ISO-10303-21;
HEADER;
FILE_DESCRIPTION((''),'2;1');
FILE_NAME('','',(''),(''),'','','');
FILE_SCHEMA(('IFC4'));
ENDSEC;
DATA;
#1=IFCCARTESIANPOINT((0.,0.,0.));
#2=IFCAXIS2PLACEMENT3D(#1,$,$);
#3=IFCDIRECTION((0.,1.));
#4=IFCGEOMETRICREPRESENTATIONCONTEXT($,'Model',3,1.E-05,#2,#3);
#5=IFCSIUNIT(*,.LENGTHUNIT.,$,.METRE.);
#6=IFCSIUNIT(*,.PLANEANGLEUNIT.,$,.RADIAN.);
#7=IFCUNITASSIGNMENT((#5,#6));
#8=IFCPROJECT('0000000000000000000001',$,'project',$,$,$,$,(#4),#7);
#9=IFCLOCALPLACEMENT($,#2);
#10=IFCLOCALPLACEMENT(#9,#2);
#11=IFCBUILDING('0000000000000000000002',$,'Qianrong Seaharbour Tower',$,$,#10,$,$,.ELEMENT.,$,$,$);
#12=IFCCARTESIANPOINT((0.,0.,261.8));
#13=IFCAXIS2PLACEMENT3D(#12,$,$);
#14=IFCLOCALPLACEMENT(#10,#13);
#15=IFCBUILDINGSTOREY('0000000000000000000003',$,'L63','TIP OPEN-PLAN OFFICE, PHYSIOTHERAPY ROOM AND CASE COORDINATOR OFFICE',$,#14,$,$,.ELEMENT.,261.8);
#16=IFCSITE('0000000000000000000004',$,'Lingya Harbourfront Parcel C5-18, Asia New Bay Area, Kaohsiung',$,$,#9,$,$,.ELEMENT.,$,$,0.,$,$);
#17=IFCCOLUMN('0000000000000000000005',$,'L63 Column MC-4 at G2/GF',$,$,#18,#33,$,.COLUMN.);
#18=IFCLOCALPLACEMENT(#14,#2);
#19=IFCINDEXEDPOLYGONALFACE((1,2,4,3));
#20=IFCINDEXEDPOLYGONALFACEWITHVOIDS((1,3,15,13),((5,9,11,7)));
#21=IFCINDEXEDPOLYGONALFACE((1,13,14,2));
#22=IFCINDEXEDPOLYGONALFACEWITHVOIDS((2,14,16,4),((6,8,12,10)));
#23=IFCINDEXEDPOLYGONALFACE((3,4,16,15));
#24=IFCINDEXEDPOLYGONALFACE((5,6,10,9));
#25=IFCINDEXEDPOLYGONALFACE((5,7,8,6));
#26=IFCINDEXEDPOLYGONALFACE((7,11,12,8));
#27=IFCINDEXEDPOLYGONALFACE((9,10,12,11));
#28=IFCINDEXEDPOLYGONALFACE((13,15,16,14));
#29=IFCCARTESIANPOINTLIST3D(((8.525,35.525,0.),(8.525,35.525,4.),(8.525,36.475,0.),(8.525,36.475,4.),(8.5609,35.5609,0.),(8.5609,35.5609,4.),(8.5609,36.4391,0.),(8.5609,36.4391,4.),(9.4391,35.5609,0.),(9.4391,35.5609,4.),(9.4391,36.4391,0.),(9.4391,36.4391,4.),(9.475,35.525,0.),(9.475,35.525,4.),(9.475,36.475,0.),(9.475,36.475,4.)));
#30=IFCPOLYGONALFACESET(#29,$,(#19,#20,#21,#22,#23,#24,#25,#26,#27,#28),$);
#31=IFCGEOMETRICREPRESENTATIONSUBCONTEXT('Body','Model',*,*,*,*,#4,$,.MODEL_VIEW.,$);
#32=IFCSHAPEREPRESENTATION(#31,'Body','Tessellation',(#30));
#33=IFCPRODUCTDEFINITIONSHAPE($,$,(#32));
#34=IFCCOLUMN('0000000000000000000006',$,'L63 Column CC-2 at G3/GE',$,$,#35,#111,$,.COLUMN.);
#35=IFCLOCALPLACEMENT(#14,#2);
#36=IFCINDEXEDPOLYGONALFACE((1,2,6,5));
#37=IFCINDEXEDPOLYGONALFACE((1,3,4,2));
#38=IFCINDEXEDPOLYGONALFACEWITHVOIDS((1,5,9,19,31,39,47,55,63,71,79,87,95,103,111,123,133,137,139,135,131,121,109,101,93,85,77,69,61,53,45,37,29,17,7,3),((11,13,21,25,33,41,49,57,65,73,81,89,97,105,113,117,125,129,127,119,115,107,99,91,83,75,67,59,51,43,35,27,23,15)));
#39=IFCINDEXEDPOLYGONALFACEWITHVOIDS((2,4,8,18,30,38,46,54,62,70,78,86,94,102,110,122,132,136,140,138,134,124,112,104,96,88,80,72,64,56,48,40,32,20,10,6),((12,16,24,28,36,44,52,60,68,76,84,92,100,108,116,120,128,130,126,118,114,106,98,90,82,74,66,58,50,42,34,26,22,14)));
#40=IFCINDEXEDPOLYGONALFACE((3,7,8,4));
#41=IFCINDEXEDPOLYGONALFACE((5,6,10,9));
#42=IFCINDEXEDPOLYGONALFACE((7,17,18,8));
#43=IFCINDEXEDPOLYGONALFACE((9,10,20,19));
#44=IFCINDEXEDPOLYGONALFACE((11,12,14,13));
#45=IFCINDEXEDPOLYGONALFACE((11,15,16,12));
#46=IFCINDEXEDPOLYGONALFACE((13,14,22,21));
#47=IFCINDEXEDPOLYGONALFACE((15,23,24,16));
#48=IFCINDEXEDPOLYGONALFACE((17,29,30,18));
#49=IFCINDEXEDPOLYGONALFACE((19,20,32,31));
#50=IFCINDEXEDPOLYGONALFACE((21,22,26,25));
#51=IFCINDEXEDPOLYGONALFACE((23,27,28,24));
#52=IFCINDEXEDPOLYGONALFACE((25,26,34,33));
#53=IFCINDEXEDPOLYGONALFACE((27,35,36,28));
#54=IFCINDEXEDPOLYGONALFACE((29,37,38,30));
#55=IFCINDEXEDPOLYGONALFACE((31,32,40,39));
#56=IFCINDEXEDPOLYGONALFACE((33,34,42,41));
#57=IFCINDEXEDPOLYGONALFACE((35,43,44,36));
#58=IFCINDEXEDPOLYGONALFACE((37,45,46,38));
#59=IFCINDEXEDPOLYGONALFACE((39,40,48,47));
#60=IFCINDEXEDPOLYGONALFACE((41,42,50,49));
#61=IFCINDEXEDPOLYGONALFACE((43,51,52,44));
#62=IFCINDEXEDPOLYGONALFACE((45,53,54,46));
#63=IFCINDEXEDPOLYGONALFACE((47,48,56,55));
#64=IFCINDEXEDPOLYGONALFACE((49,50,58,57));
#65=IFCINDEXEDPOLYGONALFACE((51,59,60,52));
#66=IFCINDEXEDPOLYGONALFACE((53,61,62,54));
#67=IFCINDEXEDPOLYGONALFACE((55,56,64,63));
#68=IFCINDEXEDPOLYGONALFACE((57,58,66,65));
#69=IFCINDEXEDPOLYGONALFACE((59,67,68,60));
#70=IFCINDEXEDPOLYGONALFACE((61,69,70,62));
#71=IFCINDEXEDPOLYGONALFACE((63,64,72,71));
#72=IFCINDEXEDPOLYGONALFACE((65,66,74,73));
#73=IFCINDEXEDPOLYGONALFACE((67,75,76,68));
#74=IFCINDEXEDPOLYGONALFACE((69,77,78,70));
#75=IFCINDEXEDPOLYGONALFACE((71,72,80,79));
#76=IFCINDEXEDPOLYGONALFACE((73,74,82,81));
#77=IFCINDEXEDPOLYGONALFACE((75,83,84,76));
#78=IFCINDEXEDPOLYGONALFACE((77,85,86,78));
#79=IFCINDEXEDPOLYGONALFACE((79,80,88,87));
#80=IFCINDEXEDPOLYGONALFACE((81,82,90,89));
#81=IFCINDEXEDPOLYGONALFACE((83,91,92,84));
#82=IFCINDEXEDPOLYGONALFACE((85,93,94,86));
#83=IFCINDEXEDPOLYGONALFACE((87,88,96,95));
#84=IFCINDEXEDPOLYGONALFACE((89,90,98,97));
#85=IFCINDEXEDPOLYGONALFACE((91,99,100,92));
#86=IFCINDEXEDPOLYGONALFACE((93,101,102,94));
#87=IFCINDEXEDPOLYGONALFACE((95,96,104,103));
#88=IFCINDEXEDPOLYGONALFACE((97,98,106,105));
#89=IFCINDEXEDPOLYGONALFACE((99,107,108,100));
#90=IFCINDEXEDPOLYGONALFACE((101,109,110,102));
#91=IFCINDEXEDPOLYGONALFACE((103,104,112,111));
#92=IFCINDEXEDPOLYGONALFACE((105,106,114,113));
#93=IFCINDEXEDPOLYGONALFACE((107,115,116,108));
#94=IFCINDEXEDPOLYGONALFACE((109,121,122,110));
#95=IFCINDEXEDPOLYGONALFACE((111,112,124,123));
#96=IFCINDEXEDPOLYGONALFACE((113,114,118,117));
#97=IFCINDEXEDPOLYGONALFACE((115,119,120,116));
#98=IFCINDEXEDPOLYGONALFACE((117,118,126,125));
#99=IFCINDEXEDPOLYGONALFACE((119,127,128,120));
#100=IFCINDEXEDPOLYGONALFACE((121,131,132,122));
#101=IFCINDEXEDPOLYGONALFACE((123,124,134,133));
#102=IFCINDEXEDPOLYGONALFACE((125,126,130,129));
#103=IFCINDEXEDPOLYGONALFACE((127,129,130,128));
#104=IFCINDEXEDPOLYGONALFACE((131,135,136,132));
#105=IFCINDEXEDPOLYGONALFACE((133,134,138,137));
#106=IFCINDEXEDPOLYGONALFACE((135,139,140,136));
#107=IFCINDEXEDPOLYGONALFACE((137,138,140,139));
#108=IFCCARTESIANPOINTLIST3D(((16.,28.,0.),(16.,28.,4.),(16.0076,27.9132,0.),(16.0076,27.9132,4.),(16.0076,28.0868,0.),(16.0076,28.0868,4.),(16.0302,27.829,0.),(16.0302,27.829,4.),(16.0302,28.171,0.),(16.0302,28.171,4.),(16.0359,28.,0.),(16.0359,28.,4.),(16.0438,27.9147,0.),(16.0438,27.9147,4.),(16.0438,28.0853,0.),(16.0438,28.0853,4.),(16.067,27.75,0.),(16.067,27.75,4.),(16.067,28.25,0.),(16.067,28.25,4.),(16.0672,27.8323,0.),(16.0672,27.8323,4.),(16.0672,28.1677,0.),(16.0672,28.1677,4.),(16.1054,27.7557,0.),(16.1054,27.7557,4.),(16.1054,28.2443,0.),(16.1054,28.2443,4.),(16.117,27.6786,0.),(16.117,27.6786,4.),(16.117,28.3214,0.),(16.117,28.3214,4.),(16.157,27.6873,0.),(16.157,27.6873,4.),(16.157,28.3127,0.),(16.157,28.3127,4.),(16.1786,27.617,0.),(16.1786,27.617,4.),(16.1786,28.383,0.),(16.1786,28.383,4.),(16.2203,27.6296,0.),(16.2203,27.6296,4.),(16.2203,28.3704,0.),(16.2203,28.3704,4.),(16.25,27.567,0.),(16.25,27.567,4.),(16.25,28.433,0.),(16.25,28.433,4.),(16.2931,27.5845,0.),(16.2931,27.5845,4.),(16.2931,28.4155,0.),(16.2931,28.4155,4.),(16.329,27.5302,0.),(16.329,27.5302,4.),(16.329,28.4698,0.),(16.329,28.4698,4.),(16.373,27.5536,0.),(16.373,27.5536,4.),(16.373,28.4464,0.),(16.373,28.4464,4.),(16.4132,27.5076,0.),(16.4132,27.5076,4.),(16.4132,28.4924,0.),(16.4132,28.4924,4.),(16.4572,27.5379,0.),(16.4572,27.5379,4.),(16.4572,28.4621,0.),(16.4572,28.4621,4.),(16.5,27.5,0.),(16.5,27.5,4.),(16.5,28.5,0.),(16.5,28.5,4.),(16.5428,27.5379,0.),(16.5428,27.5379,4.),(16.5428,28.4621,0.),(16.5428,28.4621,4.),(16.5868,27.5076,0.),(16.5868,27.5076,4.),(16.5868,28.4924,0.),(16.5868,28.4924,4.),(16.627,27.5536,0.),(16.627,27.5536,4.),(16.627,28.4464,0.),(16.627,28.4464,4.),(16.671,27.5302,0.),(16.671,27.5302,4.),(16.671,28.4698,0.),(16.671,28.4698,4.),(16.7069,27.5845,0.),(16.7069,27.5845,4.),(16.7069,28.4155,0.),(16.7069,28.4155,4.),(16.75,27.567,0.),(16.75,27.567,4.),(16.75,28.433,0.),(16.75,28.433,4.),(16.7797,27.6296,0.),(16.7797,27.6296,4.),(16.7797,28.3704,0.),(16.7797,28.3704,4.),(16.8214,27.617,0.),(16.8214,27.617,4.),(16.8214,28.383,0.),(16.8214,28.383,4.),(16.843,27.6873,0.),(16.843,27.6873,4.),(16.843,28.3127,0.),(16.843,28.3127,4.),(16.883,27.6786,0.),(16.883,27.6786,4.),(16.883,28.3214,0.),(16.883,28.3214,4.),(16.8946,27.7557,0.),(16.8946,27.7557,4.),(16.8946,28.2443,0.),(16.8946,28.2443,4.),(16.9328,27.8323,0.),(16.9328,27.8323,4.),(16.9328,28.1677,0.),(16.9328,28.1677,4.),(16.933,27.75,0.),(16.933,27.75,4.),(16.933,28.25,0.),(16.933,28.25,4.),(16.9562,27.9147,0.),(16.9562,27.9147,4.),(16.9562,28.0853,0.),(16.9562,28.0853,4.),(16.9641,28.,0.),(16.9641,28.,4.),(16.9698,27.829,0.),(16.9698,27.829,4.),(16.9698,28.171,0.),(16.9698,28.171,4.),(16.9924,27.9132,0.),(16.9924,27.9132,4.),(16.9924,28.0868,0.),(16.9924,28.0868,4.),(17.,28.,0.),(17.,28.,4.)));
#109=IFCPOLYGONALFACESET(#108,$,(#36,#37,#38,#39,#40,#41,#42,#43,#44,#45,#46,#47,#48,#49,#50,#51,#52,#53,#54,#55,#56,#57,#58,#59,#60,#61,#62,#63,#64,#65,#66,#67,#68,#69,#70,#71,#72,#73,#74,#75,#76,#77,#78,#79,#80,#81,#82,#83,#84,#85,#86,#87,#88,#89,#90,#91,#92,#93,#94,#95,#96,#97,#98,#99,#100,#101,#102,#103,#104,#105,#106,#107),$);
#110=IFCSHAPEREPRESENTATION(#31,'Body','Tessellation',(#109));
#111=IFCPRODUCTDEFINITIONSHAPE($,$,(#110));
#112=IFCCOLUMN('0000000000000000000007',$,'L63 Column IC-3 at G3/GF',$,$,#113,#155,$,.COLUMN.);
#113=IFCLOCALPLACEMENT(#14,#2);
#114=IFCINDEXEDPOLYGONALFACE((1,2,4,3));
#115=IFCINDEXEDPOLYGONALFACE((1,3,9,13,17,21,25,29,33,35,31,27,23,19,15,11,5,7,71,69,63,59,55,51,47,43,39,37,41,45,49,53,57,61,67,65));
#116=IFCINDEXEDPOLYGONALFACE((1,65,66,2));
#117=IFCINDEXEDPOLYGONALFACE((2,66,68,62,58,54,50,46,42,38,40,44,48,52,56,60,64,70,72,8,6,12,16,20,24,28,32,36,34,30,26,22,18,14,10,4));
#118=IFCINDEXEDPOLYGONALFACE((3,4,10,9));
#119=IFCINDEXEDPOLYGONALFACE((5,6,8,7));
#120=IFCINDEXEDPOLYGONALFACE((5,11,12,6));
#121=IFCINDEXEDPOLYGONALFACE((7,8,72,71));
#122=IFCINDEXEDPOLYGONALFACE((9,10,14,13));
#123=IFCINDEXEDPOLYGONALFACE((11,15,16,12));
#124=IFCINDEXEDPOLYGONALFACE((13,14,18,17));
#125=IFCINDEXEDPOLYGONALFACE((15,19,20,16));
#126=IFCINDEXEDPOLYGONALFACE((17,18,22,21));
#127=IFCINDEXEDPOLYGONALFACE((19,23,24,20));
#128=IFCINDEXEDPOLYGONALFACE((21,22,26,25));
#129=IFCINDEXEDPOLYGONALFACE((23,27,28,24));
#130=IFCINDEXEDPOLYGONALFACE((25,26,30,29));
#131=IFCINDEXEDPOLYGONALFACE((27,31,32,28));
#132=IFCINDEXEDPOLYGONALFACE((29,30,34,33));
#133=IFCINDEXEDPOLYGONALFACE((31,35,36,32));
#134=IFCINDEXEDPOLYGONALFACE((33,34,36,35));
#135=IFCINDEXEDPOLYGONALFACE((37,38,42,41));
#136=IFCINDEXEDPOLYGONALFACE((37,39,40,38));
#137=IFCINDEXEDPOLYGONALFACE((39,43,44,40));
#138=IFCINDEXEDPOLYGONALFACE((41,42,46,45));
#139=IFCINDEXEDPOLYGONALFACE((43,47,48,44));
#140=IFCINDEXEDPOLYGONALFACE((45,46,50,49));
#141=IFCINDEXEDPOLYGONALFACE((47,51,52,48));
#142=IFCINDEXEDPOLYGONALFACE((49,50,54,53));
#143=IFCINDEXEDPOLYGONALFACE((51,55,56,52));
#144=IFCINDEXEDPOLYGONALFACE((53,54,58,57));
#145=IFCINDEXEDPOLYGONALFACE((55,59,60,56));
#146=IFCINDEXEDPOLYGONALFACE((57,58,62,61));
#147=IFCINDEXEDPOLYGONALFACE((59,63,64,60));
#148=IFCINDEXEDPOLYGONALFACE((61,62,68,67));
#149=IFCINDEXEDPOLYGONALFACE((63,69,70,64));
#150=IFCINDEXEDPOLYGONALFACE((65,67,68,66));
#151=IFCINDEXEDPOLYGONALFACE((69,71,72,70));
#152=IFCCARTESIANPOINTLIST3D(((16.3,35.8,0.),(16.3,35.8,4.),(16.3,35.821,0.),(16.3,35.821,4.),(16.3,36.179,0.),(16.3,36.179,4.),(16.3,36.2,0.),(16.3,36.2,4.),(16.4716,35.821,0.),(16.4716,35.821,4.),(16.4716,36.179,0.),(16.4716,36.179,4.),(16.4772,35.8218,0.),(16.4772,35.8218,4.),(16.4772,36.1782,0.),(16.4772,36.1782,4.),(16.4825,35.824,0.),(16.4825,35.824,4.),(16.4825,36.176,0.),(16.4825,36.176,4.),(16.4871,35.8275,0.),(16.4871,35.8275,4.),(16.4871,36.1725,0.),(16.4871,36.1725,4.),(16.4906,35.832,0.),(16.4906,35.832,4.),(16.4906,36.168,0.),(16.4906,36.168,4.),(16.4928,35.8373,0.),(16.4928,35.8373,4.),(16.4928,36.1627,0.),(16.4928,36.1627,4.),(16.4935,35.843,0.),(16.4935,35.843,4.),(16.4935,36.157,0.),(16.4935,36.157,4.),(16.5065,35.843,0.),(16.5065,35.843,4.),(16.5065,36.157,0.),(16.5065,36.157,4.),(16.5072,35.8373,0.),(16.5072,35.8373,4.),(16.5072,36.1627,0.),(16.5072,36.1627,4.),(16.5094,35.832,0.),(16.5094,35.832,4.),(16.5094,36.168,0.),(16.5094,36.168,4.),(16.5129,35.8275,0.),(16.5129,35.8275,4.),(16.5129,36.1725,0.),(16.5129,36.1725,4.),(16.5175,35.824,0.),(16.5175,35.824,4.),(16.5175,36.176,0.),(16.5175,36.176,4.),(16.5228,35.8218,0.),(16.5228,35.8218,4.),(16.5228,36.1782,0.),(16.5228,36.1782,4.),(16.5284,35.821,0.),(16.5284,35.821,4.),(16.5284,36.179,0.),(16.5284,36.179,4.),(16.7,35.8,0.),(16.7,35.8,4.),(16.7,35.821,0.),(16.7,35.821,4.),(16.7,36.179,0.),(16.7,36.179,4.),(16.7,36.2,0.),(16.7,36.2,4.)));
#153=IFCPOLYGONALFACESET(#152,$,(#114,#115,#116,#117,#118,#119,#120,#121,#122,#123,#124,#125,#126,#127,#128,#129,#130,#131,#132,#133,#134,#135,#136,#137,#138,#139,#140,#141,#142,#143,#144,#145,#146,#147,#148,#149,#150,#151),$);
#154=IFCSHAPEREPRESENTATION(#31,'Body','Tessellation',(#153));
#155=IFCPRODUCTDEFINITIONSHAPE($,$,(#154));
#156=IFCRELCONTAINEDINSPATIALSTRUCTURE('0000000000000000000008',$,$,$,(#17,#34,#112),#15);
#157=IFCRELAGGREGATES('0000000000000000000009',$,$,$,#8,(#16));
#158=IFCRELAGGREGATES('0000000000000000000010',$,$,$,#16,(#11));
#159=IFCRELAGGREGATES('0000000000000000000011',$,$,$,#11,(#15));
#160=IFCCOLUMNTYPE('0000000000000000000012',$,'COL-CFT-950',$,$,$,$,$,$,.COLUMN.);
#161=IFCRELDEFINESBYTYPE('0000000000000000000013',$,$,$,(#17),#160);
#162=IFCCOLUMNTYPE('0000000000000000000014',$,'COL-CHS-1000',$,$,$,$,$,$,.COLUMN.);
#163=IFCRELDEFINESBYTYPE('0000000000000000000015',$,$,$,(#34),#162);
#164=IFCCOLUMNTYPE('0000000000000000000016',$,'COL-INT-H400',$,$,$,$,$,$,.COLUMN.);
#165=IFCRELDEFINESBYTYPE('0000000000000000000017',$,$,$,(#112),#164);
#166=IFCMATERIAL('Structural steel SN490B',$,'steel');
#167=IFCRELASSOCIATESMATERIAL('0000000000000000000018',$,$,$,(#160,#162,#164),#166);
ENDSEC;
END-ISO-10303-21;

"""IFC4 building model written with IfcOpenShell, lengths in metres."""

from ifc_helpers import new_model, si_unit, direction, frame, origin, origin_2d, place, context, subcontext, project, spatial, hollow_rectangle, hollow_circle, i_section, extrude, material, material_profile, profile_set, type_object, element, save


model = new_model("IFC4")

# Units and contexts
model_context = context("Model", 3, precision=1e-05, world=origin(), true_north=direction((0.0, 1.0)))
body_context = subcontext(model_context, "Body", "Model", "MODEL_VIEW")
ifc_project = project(units=[si_unit("LENGTHUNIT", "METRE"), si_unit("PLANEANGLEUNIT", "RADIAN")], contexts=[model_context])

# Site, building, storey
site_placement = place(None, origin())
site = spatial("IfcSite", under=ifc_project, at=site_placement, Name="Lingya Harbourfront Parcel C5-18, Asia New Bay Area, Kaohsiung", CompositionType="ELEMENT", RefElevation=0.0)
building_placement = place(site_placement, origin())
building = spatial("IfcBuilding", under=site, at=building_placement, Name="Qianrong Seaharbour Tower", CompositionType="ELEMENT")
storey_placement = place(building_placement, frame((0.0, 0.0, 261.8)))
storey = spatial("IfcBuildingStorey", under=building, at=storey_placement, Name="L63", Description="TIP OPEN-PLAN OFFICE, PHYSIOTHERAPY ROOM AND CASE COORDINATOR OFFICE", CompositionType="ELEMENT", Elevation=261.8)

# Columns
ifc_material_1 = material(Name="Structural steel SN490B", Category="steel")
ifc_material_profile_1 = material_profile(ifc_material_1, hollow_rectangle(XDim=0.95, YDim=0.95, WallThickness=0.0359, at=origin_2d()), Name="BOX950x950x36")
ifc_profile_set_1 = profile_set([ifc_material_profile_1], Name="Structural steel SN490B")
column_type_1 = type_object("IfcColumnType", Name="COL-CFT-950", PredefinedType="COLUMN", material=ifc_profile_set_1)
column_1_placement = place(storey_placement, frame((9.0, 36.0, 0.0), z_axis=(0.0, 0.0, 1.0), x_axis=(1.0, 0.0, 0.0)))
element("IfcColumn", 1, at=column_1_placement, inside=storey, type_object=column_type_1, Name="L63 Column MC-4 at G2/GF", PredefinedType="COLUMN", context=body_context, shape_type="SweptSolid", body=[
    extrude(hollow_rectangle(XDim=0.95, YDim=0.95, WallThickness=0.0359, at=origin_2d()), origin(), (0.0, 0.0, 1.0), 4.0),
])
ifc_material_profile_2 = material_profile(ifc_material_1, hollow_circle(Radius=0.5, WallThickness=0.0359, at=origin_2d()), Name="CHS1000x36")
ifc_profile_set_2 = profile_set([ifc_material_profile_2], Name="Structural steel SN490B")
column_type_2 = type_object("IfcColumnType", Name="COL-CHS-1000", PredefinedType="COLUMN", material=ifc_profile_set_2)
column_2_placement = place(storey_placement, frame((16.5, 28.0, 0.0), z_axis=(0.0, 0.0, 1.0), x_axis=(1.0, 0.0, 0.0)))
element("IfcColumn", 2, at=column_2_placement, inside=storey, type_object=column_type_2, Name="L63 Column CC-2 at G3/GE", PredefinedType="COLUMN", context=body_context, shape_type="SweptSolid", body=[
    extrude(hollow_circle(Radius=0.5, WallThickness=0.0359, at=origin_2d()), origin(), (0.0, 0.0, 1.0), 4.0),
])
ifc_material_profile_3 = material_profile(ifc_material_1, i_section(OverallWidth=0.3999, OverallDepth=0.3999, WebThickness=0.0129, FlangeThickness=0.021, FilletRadius=0.022, at=origin_2d()), Name="H400x400x13x21")
ifc_profile_set_3 = profile_set([ifc_material_profile_3], Name="Structural steel SN490B")
column_type_3 = type_object("IfcColumnType", Name="COL-INT-H400", PredefinedType="COLUMN", material=ifc_profile_set_3)
column_3_placement = place(storey_placement, frame((16.5, 36.0, 0.0), z_axis=(0.0, 0.0, 1.0), x_axis=(1.0, 0.0, 0.0)))
element("IfcColumn", 3, at=column_3_placement, inside=storey, type_object=column_type_3, Name="L63 Column IC-3 at G3/GF", PredefinedType="COLUMN", context=body_context, shape_type="SweptSolid", body=[
    extrude(i_section(OverallWidth=0.3999, OverallDepth=0.3999, WebThickness=0.0129, FlangeThickness=0.021, FilletRadius=0.022, at=origin_2d()), origin(), (0.0, 0.0, 1.0), 4.0),
])

save(model, "model.ifc")
